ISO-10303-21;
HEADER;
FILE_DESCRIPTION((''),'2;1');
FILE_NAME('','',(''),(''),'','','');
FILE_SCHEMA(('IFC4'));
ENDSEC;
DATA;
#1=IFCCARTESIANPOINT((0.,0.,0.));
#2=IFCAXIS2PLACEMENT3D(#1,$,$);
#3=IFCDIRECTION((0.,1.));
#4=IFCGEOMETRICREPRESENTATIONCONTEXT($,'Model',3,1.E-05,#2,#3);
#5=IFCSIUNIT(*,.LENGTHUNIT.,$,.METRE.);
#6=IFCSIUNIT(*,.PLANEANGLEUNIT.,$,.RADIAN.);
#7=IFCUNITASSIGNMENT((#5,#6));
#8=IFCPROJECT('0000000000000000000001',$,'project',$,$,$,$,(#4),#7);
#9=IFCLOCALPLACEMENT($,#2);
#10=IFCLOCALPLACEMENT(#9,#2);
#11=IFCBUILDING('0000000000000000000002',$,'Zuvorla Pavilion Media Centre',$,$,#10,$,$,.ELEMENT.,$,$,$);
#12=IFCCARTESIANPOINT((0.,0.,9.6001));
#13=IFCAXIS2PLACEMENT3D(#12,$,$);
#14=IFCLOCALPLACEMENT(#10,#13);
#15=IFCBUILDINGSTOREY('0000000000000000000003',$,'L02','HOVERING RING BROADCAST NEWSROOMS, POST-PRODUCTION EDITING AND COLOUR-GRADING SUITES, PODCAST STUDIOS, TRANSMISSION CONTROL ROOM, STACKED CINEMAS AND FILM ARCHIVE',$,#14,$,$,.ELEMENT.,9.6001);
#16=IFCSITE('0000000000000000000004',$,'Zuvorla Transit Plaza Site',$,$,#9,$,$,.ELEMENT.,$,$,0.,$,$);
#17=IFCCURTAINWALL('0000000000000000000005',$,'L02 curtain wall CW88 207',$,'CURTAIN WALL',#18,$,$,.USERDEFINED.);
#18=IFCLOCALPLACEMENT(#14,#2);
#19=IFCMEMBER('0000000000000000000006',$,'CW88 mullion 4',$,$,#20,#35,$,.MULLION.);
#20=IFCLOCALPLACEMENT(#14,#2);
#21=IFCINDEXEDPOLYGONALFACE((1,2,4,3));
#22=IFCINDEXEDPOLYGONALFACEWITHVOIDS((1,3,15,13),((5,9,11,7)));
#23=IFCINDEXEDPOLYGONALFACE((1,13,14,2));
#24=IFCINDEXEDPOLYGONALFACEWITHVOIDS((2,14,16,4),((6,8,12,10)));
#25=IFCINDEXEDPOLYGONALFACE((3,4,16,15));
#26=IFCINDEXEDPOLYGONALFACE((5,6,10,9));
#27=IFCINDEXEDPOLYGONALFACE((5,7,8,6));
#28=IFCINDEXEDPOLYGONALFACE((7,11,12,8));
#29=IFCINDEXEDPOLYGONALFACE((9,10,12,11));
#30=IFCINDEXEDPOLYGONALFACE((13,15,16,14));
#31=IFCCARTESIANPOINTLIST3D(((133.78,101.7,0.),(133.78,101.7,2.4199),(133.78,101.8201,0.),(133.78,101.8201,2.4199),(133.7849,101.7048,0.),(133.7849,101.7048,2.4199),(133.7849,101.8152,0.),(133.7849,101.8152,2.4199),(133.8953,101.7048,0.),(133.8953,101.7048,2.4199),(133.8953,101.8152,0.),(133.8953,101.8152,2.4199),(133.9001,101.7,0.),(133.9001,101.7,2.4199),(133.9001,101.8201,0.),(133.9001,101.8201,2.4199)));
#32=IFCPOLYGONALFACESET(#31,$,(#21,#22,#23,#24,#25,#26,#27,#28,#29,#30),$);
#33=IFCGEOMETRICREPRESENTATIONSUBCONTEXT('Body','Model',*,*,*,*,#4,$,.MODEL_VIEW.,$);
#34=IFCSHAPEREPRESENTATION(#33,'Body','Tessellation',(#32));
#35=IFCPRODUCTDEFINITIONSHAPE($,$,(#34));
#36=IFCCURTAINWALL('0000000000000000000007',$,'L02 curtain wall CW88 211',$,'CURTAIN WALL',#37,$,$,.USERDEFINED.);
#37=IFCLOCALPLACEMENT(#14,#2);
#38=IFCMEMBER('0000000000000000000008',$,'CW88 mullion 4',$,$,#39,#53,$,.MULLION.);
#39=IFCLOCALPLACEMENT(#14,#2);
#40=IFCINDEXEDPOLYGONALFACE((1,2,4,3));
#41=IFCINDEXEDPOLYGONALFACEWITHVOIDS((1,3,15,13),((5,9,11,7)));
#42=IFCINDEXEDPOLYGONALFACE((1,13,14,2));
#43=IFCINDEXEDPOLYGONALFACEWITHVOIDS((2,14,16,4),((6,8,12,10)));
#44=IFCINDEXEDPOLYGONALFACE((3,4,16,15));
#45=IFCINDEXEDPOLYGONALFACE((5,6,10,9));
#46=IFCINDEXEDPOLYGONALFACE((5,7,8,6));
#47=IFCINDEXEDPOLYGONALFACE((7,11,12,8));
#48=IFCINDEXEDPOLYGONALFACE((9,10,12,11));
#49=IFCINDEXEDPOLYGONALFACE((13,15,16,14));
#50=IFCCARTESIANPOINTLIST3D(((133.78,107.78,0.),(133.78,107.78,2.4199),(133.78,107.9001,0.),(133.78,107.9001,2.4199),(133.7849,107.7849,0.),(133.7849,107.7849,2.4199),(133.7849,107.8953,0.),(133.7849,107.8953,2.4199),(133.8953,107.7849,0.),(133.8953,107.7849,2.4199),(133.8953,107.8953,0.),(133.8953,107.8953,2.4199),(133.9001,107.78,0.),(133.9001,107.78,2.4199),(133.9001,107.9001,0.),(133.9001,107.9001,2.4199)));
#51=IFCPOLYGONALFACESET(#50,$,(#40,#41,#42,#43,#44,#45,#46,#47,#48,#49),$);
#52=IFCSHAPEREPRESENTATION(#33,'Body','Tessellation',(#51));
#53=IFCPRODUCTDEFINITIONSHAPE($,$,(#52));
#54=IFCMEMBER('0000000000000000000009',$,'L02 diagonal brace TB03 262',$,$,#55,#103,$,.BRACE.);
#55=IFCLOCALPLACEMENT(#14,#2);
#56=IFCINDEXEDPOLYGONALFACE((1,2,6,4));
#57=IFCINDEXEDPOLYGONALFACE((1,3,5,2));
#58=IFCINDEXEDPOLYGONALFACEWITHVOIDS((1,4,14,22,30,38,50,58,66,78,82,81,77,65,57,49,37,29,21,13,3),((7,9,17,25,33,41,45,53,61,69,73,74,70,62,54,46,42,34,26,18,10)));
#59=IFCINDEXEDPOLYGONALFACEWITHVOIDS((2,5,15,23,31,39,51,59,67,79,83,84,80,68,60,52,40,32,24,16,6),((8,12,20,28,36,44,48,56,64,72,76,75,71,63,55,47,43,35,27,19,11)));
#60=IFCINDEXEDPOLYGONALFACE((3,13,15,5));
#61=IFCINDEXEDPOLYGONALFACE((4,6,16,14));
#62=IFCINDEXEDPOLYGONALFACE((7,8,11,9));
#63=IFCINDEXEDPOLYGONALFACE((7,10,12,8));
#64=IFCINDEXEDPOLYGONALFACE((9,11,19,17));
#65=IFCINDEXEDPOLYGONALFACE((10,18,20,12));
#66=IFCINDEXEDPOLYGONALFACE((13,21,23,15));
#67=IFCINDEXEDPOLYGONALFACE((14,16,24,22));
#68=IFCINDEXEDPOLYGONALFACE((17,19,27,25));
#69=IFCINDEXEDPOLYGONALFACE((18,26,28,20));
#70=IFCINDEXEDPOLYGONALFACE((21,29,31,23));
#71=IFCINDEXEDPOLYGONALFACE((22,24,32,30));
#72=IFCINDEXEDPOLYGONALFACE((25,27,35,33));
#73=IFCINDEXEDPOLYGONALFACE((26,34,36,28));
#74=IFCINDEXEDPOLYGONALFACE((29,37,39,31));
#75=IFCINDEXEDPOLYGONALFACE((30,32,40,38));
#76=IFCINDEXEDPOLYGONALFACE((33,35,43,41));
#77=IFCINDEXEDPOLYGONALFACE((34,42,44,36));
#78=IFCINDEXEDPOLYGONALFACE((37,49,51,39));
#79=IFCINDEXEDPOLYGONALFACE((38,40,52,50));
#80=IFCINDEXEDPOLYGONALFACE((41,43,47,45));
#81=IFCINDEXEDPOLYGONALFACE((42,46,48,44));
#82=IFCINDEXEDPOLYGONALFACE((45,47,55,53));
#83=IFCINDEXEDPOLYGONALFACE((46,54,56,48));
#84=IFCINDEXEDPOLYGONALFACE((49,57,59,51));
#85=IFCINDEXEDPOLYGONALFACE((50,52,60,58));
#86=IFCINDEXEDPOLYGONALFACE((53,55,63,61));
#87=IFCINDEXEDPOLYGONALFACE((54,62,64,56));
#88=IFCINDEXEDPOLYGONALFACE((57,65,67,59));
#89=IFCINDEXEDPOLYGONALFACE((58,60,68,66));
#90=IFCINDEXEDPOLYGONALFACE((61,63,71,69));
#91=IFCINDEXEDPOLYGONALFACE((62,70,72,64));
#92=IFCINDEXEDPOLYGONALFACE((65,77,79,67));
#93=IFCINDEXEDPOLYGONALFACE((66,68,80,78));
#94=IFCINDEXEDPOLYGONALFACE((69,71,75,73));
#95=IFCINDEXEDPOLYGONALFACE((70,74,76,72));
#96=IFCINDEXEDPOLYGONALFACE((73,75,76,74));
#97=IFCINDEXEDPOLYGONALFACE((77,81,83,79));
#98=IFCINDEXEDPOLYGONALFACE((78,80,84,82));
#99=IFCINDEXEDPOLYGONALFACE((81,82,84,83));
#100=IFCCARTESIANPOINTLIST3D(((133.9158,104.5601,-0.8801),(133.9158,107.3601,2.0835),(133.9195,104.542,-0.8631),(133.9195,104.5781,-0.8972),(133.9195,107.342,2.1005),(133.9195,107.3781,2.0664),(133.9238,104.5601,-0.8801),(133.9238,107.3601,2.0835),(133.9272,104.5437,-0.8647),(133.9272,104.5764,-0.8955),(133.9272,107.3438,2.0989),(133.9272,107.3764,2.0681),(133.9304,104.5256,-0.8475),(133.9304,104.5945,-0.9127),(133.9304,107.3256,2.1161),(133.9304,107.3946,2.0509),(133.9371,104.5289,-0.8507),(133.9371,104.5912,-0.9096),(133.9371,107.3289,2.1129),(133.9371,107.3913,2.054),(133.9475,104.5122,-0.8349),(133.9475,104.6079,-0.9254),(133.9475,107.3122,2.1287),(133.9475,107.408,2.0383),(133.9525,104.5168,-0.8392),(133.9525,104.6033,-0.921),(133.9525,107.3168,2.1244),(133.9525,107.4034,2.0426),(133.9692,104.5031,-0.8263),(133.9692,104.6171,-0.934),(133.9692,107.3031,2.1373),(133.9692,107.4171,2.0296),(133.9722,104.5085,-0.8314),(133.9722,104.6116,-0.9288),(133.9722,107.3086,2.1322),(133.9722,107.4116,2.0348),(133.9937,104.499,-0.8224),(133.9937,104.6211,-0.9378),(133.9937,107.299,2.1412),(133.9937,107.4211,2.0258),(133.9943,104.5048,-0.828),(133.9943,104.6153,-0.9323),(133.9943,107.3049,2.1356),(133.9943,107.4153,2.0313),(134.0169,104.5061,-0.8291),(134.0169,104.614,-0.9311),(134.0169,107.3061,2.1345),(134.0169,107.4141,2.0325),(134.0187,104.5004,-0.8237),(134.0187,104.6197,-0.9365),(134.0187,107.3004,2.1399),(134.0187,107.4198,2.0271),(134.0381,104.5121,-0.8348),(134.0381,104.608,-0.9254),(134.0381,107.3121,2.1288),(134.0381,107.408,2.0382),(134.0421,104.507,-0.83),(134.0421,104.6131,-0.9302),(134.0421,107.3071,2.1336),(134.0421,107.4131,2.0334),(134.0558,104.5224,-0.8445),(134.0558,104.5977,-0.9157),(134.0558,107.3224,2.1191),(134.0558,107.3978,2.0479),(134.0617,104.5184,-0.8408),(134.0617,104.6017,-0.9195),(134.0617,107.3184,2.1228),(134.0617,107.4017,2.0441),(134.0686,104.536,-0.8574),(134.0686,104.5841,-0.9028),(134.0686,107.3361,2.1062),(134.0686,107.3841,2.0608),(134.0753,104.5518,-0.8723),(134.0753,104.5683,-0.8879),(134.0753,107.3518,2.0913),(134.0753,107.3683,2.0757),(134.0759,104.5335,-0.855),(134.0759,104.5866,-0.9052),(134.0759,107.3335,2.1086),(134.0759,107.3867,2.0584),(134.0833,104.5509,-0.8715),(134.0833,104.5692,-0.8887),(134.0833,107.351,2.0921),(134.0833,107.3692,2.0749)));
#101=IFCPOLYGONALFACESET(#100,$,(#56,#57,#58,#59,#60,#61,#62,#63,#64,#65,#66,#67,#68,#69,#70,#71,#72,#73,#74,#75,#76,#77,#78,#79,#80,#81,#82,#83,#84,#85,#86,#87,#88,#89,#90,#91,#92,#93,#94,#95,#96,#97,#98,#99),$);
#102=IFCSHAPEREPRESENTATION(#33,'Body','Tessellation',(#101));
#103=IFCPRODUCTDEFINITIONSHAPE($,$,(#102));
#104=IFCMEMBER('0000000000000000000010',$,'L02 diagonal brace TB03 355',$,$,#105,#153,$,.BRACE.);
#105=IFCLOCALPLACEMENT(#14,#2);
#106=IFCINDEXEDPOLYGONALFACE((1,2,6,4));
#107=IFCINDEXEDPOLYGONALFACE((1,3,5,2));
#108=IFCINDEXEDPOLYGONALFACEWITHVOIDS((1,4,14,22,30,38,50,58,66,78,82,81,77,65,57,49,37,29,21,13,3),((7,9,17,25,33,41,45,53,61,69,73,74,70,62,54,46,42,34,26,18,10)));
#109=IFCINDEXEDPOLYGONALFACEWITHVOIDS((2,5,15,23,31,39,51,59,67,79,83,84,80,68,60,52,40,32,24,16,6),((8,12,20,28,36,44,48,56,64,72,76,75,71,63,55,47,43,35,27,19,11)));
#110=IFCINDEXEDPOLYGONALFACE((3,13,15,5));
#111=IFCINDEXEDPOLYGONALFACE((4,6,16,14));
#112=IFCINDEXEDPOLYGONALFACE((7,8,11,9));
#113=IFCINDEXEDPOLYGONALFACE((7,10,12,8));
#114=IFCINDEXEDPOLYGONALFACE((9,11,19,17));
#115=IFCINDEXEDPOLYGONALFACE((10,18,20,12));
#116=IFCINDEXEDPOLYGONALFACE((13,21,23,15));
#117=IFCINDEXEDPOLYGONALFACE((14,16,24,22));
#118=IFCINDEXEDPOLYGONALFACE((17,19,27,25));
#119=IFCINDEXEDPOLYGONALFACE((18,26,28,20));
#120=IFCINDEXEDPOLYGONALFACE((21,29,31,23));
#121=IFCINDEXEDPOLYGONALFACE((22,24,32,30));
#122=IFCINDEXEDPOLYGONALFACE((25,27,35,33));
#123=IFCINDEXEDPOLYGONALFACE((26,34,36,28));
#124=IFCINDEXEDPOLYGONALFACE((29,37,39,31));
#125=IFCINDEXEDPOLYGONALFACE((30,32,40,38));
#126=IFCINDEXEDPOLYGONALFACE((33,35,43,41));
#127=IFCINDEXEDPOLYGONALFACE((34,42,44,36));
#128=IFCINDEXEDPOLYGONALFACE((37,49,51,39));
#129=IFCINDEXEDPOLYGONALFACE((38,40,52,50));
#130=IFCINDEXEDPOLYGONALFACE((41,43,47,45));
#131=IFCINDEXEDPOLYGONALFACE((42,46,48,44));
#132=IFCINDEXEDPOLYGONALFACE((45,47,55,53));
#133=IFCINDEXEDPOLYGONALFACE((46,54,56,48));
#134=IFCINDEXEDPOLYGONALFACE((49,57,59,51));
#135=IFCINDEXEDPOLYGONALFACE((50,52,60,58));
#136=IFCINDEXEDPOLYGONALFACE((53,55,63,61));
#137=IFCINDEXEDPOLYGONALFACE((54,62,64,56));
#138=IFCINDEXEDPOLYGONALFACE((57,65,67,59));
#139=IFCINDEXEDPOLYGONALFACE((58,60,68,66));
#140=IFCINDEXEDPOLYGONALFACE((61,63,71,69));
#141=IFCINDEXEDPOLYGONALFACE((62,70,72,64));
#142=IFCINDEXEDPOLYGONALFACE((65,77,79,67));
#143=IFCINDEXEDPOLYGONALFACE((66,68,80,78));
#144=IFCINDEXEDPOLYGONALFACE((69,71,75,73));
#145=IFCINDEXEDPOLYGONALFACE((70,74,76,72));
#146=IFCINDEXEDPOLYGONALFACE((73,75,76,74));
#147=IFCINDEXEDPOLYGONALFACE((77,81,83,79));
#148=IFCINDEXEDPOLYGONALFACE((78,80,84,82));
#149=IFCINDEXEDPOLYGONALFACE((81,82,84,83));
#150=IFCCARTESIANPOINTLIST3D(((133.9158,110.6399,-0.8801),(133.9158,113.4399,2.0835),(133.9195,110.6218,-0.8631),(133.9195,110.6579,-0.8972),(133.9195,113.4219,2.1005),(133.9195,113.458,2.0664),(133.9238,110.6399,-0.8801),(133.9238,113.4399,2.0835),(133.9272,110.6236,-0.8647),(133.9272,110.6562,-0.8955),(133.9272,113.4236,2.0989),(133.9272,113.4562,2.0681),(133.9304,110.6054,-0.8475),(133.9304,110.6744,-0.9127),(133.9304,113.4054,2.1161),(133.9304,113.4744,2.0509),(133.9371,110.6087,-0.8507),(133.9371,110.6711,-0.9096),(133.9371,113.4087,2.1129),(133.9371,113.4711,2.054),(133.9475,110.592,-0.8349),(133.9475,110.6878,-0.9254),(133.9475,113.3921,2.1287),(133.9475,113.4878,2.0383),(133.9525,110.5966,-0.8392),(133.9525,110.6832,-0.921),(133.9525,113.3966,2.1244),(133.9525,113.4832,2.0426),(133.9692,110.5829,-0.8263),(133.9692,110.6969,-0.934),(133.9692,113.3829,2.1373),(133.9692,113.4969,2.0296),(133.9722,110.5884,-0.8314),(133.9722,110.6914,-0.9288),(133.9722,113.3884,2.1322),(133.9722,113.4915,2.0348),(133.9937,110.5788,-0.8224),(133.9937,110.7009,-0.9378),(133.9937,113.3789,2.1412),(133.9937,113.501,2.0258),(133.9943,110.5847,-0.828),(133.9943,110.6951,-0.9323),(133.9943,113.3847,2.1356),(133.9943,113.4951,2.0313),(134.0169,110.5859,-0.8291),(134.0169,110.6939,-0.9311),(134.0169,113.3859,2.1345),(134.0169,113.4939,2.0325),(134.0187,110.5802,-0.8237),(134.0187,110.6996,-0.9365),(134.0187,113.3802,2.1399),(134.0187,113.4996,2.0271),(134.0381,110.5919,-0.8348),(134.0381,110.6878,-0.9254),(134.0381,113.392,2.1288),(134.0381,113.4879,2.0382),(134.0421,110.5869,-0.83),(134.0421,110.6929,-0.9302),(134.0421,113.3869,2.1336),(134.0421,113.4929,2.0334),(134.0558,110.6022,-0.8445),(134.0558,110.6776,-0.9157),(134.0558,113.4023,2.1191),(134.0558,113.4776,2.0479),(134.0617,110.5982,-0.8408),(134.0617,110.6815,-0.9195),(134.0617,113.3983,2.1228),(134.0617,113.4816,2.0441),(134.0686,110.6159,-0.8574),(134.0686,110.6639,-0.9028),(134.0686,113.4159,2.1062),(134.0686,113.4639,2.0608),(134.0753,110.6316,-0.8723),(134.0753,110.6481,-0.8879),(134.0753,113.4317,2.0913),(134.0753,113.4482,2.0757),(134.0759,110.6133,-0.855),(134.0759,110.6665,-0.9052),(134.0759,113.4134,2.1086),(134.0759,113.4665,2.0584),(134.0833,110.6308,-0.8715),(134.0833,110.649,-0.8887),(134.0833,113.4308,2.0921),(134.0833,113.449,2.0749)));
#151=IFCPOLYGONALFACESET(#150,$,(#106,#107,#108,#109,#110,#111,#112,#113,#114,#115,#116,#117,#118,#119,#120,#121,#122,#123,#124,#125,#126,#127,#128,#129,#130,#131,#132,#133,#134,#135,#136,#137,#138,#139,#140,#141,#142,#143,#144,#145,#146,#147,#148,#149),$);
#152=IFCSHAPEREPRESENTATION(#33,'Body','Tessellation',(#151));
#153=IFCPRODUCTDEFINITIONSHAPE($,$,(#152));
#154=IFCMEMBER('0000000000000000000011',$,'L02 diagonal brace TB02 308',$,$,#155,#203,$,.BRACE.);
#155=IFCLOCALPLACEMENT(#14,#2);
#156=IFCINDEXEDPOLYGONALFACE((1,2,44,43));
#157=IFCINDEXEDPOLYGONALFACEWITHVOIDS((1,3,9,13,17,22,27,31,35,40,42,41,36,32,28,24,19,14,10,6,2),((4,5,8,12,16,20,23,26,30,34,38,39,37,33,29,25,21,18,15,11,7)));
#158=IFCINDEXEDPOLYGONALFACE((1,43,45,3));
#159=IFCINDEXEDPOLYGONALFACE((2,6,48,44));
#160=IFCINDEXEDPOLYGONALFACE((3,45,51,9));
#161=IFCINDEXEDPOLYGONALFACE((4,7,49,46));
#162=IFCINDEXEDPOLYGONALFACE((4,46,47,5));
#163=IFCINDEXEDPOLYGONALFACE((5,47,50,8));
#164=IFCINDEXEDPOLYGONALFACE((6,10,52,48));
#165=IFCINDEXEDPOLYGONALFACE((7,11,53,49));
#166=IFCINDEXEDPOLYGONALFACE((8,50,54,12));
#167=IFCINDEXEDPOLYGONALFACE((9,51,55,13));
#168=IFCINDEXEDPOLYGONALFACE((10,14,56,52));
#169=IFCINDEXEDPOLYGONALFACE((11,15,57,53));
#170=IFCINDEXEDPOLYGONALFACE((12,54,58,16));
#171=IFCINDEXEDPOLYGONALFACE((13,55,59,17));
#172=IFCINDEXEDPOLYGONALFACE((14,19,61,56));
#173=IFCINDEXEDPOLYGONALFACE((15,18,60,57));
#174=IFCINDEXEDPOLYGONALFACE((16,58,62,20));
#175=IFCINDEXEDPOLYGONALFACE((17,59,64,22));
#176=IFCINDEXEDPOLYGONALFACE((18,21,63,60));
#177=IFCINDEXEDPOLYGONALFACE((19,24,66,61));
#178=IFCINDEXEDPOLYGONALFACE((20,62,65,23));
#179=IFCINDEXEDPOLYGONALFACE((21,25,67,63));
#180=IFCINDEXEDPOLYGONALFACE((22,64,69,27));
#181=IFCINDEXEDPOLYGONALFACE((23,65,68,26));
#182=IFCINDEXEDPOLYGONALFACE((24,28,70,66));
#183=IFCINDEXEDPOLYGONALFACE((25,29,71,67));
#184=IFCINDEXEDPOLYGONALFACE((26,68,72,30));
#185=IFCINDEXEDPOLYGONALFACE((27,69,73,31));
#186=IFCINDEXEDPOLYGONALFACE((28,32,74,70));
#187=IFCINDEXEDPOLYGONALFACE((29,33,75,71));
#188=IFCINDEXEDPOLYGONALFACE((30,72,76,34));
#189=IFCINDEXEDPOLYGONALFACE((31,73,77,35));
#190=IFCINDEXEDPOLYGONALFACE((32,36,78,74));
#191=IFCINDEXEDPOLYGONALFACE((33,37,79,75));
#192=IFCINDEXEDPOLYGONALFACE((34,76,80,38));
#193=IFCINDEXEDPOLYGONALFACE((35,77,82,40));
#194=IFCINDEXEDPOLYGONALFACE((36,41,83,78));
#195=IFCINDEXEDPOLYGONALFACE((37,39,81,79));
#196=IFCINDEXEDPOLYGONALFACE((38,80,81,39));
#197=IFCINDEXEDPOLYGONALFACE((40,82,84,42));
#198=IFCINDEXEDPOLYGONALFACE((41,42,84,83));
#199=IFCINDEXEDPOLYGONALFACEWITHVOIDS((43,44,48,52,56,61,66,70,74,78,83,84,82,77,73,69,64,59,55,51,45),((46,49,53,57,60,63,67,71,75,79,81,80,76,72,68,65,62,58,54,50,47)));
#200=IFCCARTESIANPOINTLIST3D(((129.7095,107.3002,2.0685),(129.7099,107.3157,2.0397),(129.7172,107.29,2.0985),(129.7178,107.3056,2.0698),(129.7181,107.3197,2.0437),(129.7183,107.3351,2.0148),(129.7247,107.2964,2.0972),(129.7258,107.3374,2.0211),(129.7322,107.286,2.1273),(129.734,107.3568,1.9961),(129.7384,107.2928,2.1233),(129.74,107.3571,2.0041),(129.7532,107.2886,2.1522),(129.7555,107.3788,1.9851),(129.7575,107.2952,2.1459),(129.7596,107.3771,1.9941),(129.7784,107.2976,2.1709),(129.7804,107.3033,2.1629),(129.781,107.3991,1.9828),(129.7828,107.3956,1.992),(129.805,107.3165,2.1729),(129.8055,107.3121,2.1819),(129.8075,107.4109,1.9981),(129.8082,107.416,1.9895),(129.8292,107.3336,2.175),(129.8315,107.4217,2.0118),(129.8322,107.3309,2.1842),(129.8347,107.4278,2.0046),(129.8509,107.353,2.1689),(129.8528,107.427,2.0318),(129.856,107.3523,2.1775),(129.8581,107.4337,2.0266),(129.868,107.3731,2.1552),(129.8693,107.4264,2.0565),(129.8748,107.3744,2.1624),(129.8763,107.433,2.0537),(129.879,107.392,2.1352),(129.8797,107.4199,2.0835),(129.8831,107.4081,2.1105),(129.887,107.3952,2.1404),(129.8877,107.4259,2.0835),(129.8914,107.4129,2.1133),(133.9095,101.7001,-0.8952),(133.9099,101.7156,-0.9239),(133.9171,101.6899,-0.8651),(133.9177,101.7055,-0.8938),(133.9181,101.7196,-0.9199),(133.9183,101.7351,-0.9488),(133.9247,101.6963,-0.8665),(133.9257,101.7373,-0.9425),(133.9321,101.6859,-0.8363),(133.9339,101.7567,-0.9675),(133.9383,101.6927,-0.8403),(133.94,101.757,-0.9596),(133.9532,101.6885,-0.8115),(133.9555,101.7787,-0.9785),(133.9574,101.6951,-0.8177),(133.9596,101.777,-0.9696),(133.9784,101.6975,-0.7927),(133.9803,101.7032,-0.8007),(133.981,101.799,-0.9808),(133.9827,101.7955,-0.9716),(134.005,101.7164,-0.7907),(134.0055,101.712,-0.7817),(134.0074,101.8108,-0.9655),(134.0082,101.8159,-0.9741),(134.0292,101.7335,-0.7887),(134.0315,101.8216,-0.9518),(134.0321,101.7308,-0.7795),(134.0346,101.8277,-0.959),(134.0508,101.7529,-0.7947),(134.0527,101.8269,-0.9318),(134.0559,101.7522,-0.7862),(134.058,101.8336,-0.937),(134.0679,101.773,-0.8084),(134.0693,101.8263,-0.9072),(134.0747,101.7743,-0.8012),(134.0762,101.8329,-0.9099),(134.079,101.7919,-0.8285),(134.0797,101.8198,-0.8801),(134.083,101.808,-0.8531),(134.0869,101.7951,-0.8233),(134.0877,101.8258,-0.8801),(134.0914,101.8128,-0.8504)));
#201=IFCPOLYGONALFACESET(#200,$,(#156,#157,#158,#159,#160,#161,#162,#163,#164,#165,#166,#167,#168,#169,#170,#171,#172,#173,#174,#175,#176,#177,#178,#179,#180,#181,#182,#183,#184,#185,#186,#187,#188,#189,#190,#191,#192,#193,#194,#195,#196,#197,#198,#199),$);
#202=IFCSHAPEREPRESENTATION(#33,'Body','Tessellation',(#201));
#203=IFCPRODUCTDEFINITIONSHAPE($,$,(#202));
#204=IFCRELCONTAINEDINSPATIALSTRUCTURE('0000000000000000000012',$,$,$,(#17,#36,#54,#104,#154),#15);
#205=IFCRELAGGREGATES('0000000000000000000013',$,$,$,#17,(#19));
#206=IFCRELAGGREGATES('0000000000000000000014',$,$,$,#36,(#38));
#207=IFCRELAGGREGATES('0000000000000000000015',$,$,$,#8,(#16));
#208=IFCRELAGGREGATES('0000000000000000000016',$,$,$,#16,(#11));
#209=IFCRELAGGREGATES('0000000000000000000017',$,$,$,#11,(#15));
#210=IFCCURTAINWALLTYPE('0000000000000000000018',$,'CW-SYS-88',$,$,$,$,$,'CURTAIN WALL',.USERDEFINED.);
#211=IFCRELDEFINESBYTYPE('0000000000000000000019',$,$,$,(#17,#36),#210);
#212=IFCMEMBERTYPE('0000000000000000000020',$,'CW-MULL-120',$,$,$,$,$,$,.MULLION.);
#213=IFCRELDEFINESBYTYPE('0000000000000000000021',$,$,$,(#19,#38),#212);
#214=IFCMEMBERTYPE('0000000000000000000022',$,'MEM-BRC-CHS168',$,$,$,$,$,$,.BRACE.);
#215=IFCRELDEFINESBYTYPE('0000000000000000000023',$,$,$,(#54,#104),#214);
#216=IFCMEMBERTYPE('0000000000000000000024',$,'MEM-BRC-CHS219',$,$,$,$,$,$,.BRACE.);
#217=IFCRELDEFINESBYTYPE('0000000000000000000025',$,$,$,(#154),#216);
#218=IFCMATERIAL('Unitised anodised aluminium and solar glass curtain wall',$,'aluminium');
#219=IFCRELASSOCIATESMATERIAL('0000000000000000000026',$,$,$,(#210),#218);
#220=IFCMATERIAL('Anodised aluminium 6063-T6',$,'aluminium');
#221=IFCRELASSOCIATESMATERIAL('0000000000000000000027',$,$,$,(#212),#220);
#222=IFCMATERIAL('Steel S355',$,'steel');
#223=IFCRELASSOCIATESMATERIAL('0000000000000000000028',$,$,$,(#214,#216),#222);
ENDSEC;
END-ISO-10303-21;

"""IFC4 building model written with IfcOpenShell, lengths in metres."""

from ifc_helpers import new_model, si_unit, direction, frame, origin, origin_2d, place, context, subcontext, project, spatial, hollow_rectangle, hollow_circle, extrude, material, material_profile, profile_set, type_object, element, aggregate, save


model = new_model("IFC4")

# Units and contexts
model_context = context("Model", 3, precision=1e-05, world=origin(), true_north=direction((0.0, 1.0)))
body_context = subcontext(model_context, "Body", "Model", "MODEL_VIEW")
ifc_project = project(units=[si_unit("LENGTHUNIT", "METRE"), si_unit("PLANEANGLEUNIT", "RADIAN")], contexts=[model_context])

# Site, building, storey
site_placement = place(None, origin())
site = spatial("IfcSite", under=ifc_project, at=site_placement, Name="Zuvorla Transit Plaza Site", CompositionType="ELEMENT", RefElevation=0.0)
building_placement = place(site_placement, origin())
building = spatial("IfcBuilding", under=site, at=building_placement, Name="Zuvorla Pavilion Media Centre", CompositionType="ELEMENT")
storey_placement = place(building_placement, frame((0.0, 0.0, 9.6001)))
storey = spatial("IfcBuildingStorey", under=building, at=storey_placement, Name="L02", Description="HOVERING RING BROADCAST NEWSROOMS, POST-PRODUCTION EDITING AND COLOUR-GRADING SUITES, PODCAST STUDIOS, TRANSMISSION CONTROL ROOM, STACKED CINEMAS AND FILM ARCHIVE", CompositionType="ELEMENT", Elevation=9.6001)

# Curtain walls, members
ifc_material_1 = material(Name="Unitised anodised aluminium and solar glass curtain wall", Category="aluminium")
curtain_wall_type = type_object("IfcCurtainWallType", Name="CW-SYS-88", ElementType="CURTAIN WALL", PredefinedType="USERDEFINED", material=ifc_material_1)
curtain_wall_1_placement = place(storey_placement, origin())
curtain_wall_1 = element("IfcCurtainWall", 1, at=curtain_wall_1_placement, inside=storey, type_object=curtain_wall_type, Name="L02 curtain wall CW88 207", ObjectType="CURTAIN WALL", PredefinedType="USERDEFINED")
ifc_material_2 = material(Name="Anodised aluminium 6063-T6", Category="aluminium")
ifc_material_profile_1 = material_profile(ifc_material_2, hollow_rectangle(XDim=0.1201, YDim=0.1201, WallThickness=0.0049, at=origin_2d()), Name="ALU MULL 120x120")
ifc_profile_set_1 = profile_set([ifc_material_profile_1], Name="Anodised aluminium 6063-T6")
member_type_1 = type_object("IfcMemberType", Name="CW-MULL-120", PredefinedType="MULLION", material=ifc_profile_set_1)
member_1_placement = place(storey_placement, frame((133.8401, 101.76, 0.0), z_axis=(0.0, 0.0, 1.0), x_axis=(1.0, 0.0, 0.0)))
member_1 = element("IfcMember", 2, at=member_1_placement, type_object=member_type_1, Name="CW88 mullion 4", PredefinedType="MULLION", context=body_context, shape_type="SweptSolid", body=[
    extrude(hollow_rectangle(XDim=0.1201, YDim=0.1201, WallThickness=0.0049, at=origin_2d()), origin(), (0.0, 0.0, 1.0), 2.4199),
])
aggregate(curtain_wall_1, [member_1])
curtain_wall_2_placement = place(storey_placement, origin())
curtain_wall_2 = element("IfcCurtainWall", 3, at=curtain_wall_2_placement, inside=storey, type_object=curtain_wall_type, Name="L02 curtain wall CW88 211", ObjectType="CURTAIN WALL", PredefinedType="USERDEFINED")
member_2_placement = place(storey_placement, frame((133.8401, 107.8401, 0.0), z_axis=(0.0, 0.0, 1.0), x_axis=(1.0, 0.0, 0.0)))
member_2 = element("IfcMember", 4, at=member_2_placement, type_object=member_type_1, Name="CW88 mullion 4", PredefinedType="MULLION", context=body_context, shape_type="SweptSolid", body=[
    extrude(hollow_rectangle(XDim=0.1201, YDim=0.1201, WallThickness=0.0049, at=origin_2d()), origin(), (0.0, 0.0, 1.0), 2.4199),
])

# Members
ifc_material_3 = material(Name="Steel S355", Category="steel")
ifc_material_profile_2 = material_profile(ifc_material_3, hollow_circle(Radius=0.0842, WallThickness=0.0081, at=origin_2d()), Name="CHS 168.3x8")
ifc_profile_set_2 = profile_set([ifc_material_profile_2], Name="Steel S355")
member_type_2 = type_object("IfcMemberType", Name="MEM-BRC-CHS168", PredefinedType="BRACE", material=ifc_profile_set_2)
for number, where, z_axis, x_axis, name in (
    (5, (134.0, 104.5601, -0.8801), (0.0, 0.686762, 0.726882), (-1.0, 0.0, 0.0), "L02 diagonal brace TB03 262"),
    (6, (134.0, 110.6399, -0.8801), (0.0, 0.686762, 0.726882), (-1.0, 0.0, 0.0), "L02 diagonal brace TB03 355"),
):
    element("IfcMember", number, at=place(storey_placement, frame(where, z_axis=z_axis, x_axis=x_axis)), inside=storey, type_object=member_type_2, Name=name, PredefinedType="BRACE", context=body_context, shape_type="SweptSolid", body=[
        extrude(hollow_circle(Radius=0.0842, WallThickness=0.0081, at=origin_2d()), origin(), (0.0, 0.0, 1.0), 4.0771),
    ])
ifc_material_profile_3 = material_profile(ifc_material_3, hollow_circle(Radius=0.1096, WallThickness=0.01, at=origin_2d()), Name="CHS 219.1x10")
ifc_profile_set_3 = profile_set([ifc_material_profile_3], Name="Steel S355")
member_type_3 = type_object("IfcMemberType", Name="MEM-BRC-CHS219", PredefinedType="BRACE", material=ifc_profile_set_3)
member_3_placement = place(storey_placement, frame((129.8, 107.3601, 2.0835), z_axis=(0.552512, -0.736704, -0.38987), x_axis=(0.800008, 0.599989, 0.0)))
element("IfcMember", 7, at=member_3_placement, inside=storey, type_object=member_type_3, Name="L02 diagonal brace TB02 308", PredefinedType="BRACE", context=body_context, shape_type="SweptSolid", body=[
    extrude(hollow_circle(Radius=0.1096, WallThickness=0.01, at=origin_2d()), origin(), (0.0, 0.0, 1.0), 7.6016),
])

aggregate(curtain_wall_2, [member_2])

save(model, "model.ifc")
